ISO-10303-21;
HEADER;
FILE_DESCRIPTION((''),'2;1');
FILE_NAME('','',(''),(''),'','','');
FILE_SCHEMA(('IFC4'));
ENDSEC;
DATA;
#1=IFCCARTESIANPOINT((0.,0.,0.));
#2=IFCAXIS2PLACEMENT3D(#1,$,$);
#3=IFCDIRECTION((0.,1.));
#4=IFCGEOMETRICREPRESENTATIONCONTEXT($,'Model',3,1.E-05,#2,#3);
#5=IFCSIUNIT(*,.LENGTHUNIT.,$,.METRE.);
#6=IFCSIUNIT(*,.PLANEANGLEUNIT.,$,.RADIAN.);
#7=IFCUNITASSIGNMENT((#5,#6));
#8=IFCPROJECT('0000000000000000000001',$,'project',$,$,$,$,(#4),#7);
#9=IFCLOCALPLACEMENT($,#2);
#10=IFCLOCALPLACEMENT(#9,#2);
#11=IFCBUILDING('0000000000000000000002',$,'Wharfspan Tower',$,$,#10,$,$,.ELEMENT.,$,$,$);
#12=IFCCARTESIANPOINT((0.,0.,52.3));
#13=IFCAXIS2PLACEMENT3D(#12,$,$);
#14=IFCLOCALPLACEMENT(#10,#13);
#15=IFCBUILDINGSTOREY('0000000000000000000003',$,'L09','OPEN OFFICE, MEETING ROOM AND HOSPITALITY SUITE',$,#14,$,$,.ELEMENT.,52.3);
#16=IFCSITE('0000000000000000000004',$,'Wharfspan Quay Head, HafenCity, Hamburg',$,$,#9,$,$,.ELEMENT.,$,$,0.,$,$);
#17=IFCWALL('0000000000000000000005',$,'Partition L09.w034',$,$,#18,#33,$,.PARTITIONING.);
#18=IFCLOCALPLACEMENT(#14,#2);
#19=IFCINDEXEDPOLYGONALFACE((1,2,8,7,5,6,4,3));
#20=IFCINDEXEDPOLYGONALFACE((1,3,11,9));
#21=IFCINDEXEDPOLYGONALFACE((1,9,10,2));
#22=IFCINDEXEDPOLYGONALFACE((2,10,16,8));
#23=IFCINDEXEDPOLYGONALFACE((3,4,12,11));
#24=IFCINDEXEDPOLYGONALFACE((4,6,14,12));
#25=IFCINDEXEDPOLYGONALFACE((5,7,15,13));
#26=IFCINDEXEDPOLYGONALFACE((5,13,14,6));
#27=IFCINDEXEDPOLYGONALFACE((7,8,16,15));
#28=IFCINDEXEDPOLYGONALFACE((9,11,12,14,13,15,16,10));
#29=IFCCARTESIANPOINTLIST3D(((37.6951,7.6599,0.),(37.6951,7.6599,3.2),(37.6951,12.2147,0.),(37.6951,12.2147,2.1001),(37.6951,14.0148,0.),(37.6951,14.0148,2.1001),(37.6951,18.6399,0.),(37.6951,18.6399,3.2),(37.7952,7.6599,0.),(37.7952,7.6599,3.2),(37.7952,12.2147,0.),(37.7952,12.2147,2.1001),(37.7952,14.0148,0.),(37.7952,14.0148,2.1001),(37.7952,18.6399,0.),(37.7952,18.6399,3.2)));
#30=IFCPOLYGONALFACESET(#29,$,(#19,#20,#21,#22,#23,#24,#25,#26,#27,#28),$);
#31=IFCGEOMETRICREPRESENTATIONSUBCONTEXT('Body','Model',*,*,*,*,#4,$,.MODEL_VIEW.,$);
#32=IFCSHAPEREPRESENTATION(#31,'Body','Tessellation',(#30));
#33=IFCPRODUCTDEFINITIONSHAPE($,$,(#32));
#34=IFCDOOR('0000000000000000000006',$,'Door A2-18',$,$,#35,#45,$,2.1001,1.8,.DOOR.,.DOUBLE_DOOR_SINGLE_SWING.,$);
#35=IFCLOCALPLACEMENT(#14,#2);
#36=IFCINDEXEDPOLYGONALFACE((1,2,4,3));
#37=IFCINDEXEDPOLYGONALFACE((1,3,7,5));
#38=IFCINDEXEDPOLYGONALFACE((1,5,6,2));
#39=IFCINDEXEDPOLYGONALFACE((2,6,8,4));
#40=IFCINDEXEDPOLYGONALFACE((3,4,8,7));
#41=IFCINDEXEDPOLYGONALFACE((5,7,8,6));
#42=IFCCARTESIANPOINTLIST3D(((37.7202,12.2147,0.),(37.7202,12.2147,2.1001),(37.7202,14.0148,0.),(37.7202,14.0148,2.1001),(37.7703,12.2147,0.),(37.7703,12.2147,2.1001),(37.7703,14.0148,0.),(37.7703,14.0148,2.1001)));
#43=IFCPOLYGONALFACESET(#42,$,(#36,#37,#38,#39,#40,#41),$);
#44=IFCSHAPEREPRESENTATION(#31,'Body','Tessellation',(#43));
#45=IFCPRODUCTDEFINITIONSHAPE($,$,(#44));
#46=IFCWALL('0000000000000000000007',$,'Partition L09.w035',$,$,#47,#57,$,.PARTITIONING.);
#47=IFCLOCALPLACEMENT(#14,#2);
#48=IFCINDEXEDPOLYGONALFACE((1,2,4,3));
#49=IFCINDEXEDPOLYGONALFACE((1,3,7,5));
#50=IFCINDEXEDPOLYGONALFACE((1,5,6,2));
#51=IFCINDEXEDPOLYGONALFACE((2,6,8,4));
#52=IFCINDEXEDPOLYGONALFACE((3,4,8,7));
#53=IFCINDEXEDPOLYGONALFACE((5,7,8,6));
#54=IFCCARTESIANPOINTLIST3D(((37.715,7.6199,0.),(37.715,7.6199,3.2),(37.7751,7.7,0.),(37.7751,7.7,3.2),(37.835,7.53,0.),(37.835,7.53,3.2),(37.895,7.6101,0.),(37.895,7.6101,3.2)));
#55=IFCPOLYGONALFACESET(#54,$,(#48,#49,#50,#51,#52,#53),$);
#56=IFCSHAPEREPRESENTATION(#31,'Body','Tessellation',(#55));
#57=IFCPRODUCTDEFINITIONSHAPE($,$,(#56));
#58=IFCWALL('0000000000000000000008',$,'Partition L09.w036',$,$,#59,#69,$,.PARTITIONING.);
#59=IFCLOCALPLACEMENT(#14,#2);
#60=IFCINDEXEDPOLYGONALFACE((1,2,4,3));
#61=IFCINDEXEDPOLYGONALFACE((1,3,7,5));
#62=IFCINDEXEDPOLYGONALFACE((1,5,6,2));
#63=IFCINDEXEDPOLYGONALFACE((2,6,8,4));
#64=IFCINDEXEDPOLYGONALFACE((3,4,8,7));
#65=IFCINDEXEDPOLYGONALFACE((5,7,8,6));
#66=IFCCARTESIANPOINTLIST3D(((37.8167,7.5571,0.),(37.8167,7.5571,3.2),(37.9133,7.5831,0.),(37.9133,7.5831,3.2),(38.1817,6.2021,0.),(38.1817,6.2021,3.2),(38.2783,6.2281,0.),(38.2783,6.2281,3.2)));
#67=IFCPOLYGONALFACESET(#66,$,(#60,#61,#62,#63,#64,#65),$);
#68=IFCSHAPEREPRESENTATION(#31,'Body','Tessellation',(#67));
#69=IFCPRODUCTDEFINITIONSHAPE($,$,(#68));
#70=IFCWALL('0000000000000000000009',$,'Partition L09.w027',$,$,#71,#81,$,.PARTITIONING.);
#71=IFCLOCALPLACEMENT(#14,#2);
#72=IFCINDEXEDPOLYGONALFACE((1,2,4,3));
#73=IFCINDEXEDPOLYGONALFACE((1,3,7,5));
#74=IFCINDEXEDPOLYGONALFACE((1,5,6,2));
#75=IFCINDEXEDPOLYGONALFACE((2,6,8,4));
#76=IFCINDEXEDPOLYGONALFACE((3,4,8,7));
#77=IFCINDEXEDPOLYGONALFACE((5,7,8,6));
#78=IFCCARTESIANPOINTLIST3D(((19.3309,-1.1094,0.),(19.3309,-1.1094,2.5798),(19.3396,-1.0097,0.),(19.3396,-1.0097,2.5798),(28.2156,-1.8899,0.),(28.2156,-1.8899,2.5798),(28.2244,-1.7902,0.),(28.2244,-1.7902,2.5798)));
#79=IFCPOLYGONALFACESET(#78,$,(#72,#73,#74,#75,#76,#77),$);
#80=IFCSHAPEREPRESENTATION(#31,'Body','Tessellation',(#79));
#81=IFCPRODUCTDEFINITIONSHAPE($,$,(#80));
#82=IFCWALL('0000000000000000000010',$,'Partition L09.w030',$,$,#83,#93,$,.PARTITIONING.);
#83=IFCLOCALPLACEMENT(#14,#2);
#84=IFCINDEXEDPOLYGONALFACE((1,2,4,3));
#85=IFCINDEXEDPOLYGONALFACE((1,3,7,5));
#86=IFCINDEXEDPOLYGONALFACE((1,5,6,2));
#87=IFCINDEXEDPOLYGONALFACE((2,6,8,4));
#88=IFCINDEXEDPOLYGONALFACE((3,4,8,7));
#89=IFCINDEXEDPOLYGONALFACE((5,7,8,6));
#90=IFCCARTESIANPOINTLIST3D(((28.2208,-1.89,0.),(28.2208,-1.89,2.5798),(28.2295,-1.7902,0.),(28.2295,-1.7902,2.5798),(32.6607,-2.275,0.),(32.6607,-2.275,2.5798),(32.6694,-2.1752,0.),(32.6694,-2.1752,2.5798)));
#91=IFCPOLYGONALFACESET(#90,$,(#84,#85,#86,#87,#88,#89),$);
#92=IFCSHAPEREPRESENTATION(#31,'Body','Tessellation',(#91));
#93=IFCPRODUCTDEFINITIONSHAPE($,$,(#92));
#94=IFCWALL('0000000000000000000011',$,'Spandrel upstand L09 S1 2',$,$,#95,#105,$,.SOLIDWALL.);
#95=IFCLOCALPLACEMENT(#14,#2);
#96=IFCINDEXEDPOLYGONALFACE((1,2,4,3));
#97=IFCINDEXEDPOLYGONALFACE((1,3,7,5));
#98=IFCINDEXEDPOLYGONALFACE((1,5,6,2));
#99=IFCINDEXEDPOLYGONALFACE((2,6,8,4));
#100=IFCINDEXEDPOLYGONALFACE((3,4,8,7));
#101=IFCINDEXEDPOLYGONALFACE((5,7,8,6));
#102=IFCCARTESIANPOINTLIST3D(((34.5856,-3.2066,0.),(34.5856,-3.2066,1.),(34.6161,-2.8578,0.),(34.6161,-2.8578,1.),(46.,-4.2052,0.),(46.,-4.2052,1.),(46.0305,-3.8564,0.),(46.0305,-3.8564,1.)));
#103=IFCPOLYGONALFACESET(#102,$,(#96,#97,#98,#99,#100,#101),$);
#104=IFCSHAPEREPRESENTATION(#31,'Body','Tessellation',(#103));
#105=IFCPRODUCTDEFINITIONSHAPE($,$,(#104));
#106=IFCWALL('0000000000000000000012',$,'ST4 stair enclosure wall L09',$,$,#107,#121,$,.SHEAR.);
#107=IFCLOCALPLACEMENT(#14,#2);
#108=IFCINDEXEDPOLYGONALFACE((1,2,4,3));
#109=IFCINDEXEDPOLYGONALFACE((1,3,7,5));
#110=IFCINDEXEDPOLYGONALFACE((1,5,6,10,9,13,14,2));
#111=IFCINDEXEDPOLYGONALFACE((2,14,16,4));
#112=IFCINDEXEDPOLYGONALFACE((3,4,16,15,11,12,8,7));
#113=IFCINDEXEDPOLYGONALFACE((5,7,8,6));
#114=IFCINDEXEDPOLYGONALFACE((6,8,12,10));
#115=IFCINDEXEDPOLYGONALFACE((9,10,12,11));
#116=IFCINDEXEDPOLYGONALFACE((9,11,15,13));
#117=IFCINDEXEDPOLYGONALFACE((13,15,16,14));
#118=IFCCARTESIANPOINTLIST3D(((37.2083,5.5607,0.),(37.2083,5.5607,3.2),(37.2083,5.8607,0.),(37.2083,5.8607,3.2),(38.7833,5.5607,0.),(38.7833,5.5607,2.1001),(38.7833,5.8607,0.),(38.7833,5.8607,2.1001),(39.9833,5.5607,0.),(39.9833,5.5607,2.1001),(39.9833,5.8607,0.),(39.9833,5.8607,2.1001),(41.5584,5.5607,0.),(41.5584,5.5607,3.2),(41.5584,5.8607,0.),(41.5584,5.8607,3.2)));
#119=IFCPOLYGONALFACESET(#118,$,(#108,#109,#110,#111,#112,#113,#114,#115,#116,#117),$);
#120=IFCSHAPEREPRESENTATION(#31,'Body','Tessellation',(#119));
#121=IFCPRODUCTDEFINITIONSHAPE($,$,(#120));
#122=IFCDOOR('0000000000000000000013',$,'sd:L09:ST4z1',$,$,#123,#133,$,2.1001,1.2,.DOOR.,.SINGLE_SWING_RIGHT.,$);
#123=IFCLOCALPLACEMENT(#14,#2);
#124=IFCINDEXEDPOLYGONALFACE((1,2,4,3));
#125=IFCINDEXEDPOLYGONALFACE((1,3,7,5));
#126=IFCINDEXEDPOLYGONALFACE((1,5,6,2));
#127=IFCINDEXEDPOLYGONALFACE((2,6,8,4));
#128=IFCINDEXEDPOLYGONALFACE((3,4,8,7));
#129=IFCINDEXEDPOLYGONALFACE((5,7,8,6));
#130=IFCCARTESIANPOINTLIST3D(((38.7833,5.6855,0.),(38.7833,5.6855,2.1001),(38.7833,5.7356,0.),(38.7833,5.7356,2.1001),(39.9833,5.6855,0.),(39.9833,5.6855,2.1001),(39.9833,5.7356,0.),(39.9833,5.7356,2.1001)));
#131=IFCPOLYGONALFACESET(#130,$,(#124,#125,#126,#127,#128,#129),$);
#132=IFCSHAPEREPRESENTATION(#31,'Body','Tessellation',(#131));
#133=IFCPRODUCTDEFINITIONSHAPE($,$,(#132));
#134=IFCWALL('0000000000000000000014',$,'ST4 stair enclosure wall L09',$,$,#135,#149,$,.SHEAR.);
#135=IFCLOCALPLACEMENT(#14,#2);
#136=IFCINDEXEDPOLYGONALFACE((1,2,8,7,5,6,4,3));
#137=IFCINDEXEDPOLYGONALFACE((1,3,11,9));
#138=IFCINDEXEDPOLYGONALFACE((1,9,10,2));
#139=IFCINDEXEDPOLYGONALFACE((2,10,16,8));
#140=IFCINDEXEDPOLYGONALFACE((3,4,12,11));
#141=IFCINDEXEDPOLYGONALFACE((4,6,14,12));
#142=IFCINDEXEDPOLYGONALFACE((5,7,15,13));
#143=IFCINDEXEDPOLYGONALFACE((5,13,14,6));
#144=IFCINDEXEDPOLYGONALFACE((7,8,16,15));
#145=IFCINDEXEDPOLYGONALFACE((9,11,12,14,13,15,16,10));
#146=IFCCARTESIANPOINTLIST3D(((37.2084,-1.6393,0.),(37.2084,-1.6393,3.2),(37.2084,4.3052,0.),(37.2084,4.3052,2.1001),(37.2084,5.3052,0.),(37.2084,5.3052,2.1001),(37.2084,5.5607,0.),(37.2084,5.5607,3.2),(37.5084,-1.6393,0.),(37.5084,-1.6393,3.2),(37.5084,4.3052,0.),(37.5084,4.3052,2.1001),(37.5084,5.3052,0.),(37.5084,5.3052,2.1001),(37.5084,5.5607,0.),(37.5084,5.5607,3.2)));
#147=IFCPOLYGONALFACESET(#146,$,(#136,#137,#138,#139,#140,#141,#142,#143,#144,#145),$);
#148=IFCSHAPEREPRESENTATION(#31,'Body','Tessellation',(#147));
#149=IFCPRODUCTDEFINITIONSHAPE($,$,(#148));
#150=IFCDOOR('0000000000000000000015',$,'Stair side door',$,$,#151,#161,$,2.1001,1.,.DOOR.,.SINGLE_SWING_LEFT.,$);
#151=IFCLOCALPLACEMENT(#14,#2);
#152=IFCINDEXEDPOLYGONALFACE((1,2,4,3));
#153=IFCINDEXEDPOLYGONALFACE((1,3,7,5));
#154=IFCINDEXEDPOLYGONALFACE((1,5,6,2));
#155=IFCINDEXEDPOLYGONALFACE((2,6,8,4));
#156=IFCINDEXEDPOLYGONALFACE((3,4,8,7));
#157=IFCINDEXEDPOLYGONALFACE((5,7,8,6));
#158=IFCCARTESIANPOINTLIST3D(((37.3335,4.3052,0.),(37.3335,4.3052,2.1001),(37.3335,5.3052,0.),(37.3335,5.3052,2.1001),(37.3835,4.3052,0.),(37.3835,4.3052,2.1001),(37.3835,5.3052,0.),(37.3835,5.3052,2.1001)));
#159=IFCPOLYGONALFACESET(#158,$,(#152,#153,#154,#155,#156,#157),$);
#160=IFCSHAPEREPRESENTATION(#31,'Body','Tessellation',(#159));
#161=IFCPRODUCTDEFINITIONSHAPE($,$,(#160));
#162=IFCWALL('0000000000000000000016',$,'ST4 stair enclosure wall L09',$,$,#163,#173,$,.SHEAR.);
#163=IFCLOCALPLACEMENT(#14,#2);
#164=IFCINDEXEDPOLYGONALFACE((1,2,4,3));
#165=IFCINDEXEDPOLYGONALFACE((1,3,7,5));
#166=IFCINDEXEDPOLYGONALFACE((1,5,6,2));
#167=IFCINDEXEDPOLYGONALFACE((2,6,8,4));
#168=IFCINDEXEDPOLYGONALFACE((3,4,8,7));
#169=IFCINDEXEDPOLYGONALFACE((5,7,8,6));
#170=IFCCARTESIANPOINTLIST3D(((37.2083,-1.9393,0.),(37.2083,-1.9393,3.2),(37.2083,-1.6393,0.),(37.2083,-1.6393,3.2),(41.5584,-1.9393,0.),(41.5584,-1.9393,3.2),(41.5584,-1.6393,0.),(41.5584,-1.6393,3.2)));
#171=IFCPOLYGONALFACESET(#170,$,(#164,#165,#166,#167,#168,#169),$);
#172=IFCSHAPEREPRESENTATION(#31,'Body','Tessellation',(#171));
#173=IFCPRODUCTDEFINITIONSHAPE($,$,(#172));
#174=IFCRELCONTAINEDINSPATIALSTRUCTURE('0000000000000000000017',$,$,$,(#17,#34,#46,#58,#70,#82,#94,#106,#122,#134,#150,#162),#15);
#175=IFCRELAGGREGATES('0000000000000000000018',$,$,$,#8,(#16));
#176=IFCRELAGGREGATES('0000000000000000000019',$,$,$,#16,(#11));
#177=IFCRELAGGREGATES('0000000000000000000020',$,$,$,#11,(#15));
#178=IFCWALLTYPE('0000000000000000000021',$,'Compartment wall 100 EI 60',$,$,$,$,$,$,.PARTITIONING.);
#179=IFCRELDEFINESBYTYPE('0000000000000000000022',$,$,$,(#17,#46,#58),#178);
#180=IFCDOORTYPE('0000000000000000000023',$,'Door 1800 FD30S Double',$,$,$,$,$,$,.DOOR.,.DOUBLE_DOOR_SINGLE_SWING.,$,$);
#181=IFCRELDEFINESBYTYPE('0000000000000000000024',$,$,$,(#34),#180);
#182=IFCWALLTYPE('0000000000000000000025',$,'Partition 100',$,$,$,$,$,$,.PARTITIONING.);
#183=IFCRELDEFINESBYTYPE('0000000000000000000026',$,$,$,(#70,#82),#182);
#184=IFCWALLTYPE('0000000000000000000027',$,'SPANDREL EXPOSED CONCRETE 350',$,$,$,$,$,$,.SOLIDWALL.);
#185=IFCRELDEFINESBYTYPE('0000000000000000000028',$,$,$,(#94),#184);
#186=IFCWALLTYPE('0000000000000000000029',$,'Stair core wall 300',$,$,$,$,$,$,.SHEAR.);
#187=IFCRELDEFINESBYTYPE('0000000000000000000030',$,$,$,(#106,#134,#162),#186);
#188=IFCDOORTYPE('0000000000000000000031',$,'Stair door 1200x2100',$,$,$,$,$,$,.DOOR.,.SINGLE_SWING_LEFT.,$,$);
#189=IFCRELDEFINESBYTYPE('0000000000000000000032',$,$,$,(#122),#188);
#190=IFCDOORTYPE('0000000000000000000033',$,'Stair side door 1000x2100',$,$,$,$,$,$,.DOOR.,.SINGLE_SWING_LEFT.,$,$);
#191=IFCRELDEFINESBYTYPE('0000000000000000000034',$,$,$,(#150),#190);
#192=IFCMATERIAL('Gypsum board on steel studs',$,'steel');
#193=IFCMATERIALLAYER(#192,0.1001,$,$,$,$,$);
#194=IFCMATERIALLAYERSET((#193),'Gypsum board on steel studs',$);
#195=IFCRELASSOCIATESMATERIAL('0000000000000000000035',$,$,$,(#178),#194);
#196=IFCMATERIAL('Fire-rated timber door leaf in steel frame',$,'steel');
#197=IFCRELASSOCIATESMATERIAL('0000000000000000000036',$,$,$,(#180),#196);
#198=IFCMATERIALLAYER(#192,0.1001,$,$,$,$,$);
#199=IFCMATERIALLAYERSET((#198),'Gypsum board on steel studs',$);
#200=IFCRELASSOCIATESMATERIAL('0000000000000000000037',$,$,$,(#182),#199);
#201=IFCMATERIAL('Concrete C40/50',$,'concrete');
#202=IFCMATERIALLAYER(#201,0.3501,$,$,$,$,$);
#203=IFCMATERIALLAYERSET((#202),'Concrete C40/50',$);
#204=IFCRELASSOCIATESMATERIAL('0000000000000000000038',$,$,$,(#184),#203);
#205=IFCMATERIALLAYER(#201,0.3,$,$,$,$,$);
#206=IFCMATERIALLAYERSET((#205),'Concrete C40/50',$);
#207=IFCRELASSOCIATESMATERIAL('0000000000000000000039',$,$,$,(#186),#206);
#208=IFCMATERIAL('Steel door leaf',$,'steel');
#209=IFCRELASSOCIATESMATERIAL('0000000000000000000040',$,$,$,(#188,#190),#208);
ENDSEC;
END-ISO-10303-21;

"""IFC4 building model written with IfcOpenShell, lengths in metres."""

from ifc_helpers import new_model, si_unit, direction, frame, frame_2d, origin, place, context, subcontext, project, spatial, rectangle, extrude, material, layer, layer_set, type_object, element, fill, save


model = new_model("IFC4")

# Units and contexts
model_context = context("Model", 3, precision=1e-05, world=origin(), true_north=direction((0.0, 1.0)))
body_context = subcontext(model_context, "Body", "Model", "MODEL_VIEW")
ifc_project = project(units=[si_unit("LENGTHUNIT", "METRE"), si_unit("PLANEANGLEUNIT", "RADIAN")], contexts=[model_context])

# Site, building, storey
site_placement = place(None, origin())
site = spatial("IfcSite", under=ifc_project, at=site_placement, Name="Wharfspan Quay Head, HafenCity, Hamburg", CompositionType="ELEMENT", RefElevation=0.0)
building_placement = place(site_placement, origin())
building = spatial("IfcBuilding", under=site, at=building_placement, Name="Wharfspan Tower", CompositionType="ELEMENT")
storey_placement = place(building_placement, frame((0.0, 0.0, 52.3)))
storey = spatial("IfcBuildingStorey", under=building, at=storey_placement, Name="L09", Description="OPEN OFFICE, MEETING ROOM AND HOSPITALITY SUITE", CompositionType="ELEMENT", Elevation=52.3)

# Shared definitions
ifc_material_1 = material(Name="Gypsum board on steel studs", Category="steel")
ifc_layer_1 = layer(ifc_material_1, 0.1001)
ifc_layer_set_1 = layer_set([ifc_layer_1], Name="Gypsum board on steel studs")
wall_type_1 = type_object("IfcWallType", Name="Compartment wall 100 EI 60", PredefinedType="PARTITIONING", material=ifc_layer_set_1)

# Wall, opening, door
wall_1_placement = place(storey_placement, frame((37.7451, 7.6599, 0.0), z_axis=(0.0, 0.0, 1.0), x_axis=(0.0, 1.0, 0.0)))
wall_1 = element("IfcWall", 1, at=wall_1_placement, inside=storey, type_object=wall_type_1, Name="Partition L09.w034", PredefinedType="PARTITIONING", context=body_context, shape_type="SweptSolid", body=[
    extrude(rectangle(XDim=10.98, YDim=0.1001, at=frame_2d((5.49, 0.0))), origin(), (0.0, 0.0, 1.0), 3.2),
])
opening_1_placement = place(wall_1_placement, frame((4.5549, 0.0, 0.0)))
opening_1 = element("IfcOpeningElement", 2, at=opening_1_placement, cuts=wall_1, PredefinedType="OPENING", context=body_context, shape_type="SweptSolid", body=[
    extrude(rectangle(XDim=1.8, YDim=2.1001, at=frame_2d((0.8999, 1.05))), frame((0.0, 0.0601, 0.0), z_axis=(0.0, -1.0, 0.0), x_axis=(1.0, 0.0, 0.0)), (0.0, 0.0, 1.0), 0.1201),
])
ifc_material_2 = material(Name="Fire-rated timber door leaf in steel frame", Category="steel")
door_type_1 = type_object("IfcDoorType", Name="Door 1800 FD30S Double", OperationType="DOUBLE_DOOR_SINGLE_SWING", PredefinedType="DOOR", material=ifc_material_2)
door_1_placement = place(opening_1_placement, origin())
door_1 = element("IfcDoor", 3, at=door_1_placement, inside=storey, type_object=door_type_1, Name="Door A2-18", OperationType="DOUBLE_DOOR_SINGLE_SWING", OverallHeight=2.1001, OverallWidth=1.8, PredefinedType="DOOR", context=body_context, shape_type="SweptSolid", body=[
    extrude(rectangle(XDim=1.8, YDim=2.1001, at=frame_2d((0.8999, 1.05))), frame((0.0, 0.0249, 0.0), z_axis=(0.0, -1.0, 0.0), x_axis=(1.0, 0.0, 0.0)), (0.0, 0.0, 1.0), 0.05),
])
fill(opening_1, door_1)

# Walls
wall_2_placement = place(storey_placement, frame((37.865, 7.5701, 0.0), z_axis=(0.0, 0.0, 1.0), x_axis=(-0.800198, 0.599741, 0.0)))
element("IfcWall", 4, at=wall_2_placement, inside=storey, type_object=wall_type_1, Name="Partition L09.w035", PredefinedType="PARTITIONING", context=body_context, shape_type="SweptSolid", body=[
    extrude(rectangle(XDim=0.1499, YDim=0.1001, at=frame_2d((0.075, 0.0))), origin(), (0.0, 0.0, 1.0), 3.2),
])
wall_3_placement = place(storey_placement, frame((38.23, 6.2151, 0.0), z_axis=(0.0, 0.0, 1.0), x_axis=(-0.260099, 0.965585, 0.0)))
element("IfcWall", 5, at=wall_3_placement, inside=storey, type_object=wall_type_1, Name="Partition L09.w036", PredefinedType="PARTITIONING", context=body_context, shape_type="SweptSolid", body=[
    extrude(rectangle(XDim=1.4033, YDim=0.1001, at=frame_2d((0.7017, 0.0))), origin(), (0.0, 0.0, 1.0), 3.2),
])
ifc_layer_2 = layer(ifc_material_1, 0.1001)
ifc_layer_set_2 = layer_set([ifc_layer_2], Name="Gypsum board on steel studs")
wall_type_2 = type_object("IfcWallType", Name="Partition 100", PredefinedType="PARTITIONING", material=ifc_layer_set_2)
wall_4_placement = place(storey_placement, frame((28.22, -1.8401, 0.0), z_axis=(0.0, 0.0, 1.0), x_axis=(-0.996164, 0.087512, 0.0)))
element("IfcWall", 6, at=wall_4_placement, inside=storey, type_object=wall_type_2, Name="Partition L09.w027", PredefinedType="PARTITIONING", context=body_context, shape_type="SweptSolid", body=[
    extrude(rectangle(XDim=8.9189, YDim=0.1001, at=frame_2d((4.4595, 0.0))), origin(), (0.0, 0.0, 1.0), 2.5798),
])
wall_5_placement = place(storey_placement, frame((32.665, -2.2251, 0.0), z_axis=(0.0, 0.0, 1.0), x_axis=(-0.996263, 0.086391, 0.0)))
element("IfcWall", 7, at=wall_5_placement, inside=storey, type_object=wall_type_2, Name="Partition L09.w030", PredefinedType="PARTITIONING", context=body_context, shape_type="SweptSolid", body=[
    extrude(rectangle(XDim=4.4565, YDim=0.1001, at=frame_2d((2.2283, 0.0))), origin(), (0.0, 0.0, 1.0), 2.5798),
])
ifc_material_3 = material(Name="Concrete C40/50", Category="concrete")
ifc_layer_3 = layer(ifc_material_3, 0.3501)
ifc_layer_set_3 = layer_set([ifc_layer_3], Name="Concrete C40/50")
wall_type_3 = type_object("IfcWallType", Name="SPANDREL EXPOSED CONCRETE 350", PredefinedType="SOLIDWALL", material=ifc_layer_set_3)
wall_6_placement = place(storey_placement, frame((34.6008, -3.0322, 0.0), z_axis=(0.0, 0.0, 1.0), x_axis=(0.996193, -0.087148, 0.0)))
element("IfcWall", 8, at=wall_6_placement, inside=storey, type_object=wall_type_3, Name="Spandrel upstand L09 S1 2", PredefinedType="SOLIDWALL", context=body_context, shape_type="SweptSolid", body=[
    extrude(rectangle(XDim=11.458, YDim=0.3501, at=frame_2d((5.729, 0.0))), origin(), (0.0, 0.0, 1.0), 1.0),
])

# Walls, openings, doors
ifc_layer_4 = layer(ifc_material_3, 0.3)
ifc_layer_set_4 = layer_set([ifc_layer_4], Name="Concrete C40/50")
wall_type_4 = type_object("IfcWallType", Name="Stair core wall 300", PredefinedType="SHEAR", material=ifc_layer_set_4)
wall_7_placement = place(storey_placement, frame((37.2083, 5.7107, 0.0), z_axis=(0.0, 0.0, 1.0), x_axis=(1.0, 0.0, 0.0)))
wall_7 = element("IfcWall", 9, at=wall_7_placement, inside=storey, type_object=wall_type_4, Name="ST4 stair enclosure wall L09", PredefinedType="SHEAR", context=body_context, shape_type="SweptSolid", body=[
    extrude(rectangle(XDim=4.3501, YDim=0.3, at=frame_2d((2.175, 0.0))), origin(), (0.0, 0.0, 1.0), 3.2),
])
opening_2_placement = place(wall_7_placement, frame((1.575, 0.0, 0.0)))
opening_2 = element("IfcOpeningElement", 10, at=opening_2_placement, cuts=wall_7, PredefinedType="OPENING", context=body_context, shape_type="SweptSolid", body=[
    extrude(rectangle(XDim=1.2, YDim=2.1001, at=frame_2d((0.6001, 1.05))), frame((0.0, 0.1599, 0.0), z_axis=(0.0, -1.0, 0.0), x_axis=(1.0, 0.0, 0.0)), (0.0, 0.0, 1.0), 0.3201),
])
ifc_material_4 = material(Name="Steel door leaf", Category="steel")
door_type_2 = type_object("IfcDoorType", Name="Stair door 1200x2100", OperationType="SINGLE_SWING_LEFT", PredefinedType="DOOR", material=ifc_material_4)
door_2_placement = place(opening_2_placement, origin())
door_2 = element("IfcDoor", 11, at=door_2_placement, inside=storey, type_object=door_type_2, Name="sd:L09:ST4z1", OperationType="SINGLE_SWING_RIGHT", OverallHeight=2.1001, OverallWidth=1.2, PredefinedType="DOOR", context=body_context, shape_type="SweptSolid", body=[
    extrude(rectangle(XDim=1.2, YDim=2.1001, at=frame_2d((0.6001, 1.05))), frame((0.0, 0.0249, 0.0), z_axis=(0.0, -1.0, 0.0), x_axis=(1.0, 0.0, 0.0)), (0.0, 0.0, 1.0), 0.05),
])
fill(opening_2, door_2)
wall_8_placement = place(storey_placement, frame((37.3584, -1.6394, 0.0), z_axis=(0.0, 0.0, 1.0), x_axis=(0.0, 1.0, 0.0)))
wall_8 = element("IfcWall", 12, at=wall_8_placement, inside=storey, type_object=wall_type_4, Name="ST4 stair enclosure wall L09", PredefinedType="SHEAR", context=body_context, shape_type="SweptSolid", body=[
    extrude(rectangle(XDim=7.2, YDim=0.3, at=frame_2d((3.6001, 0.0))), origin(), (0.0, 0.0, 1.0), 3.2),
])
opening_3_placement = place(wall_8_placement, frame((5.9446, 0.0, 0.0)))
opening_3 = element("IfcOpeningElement", 13, at=opening_3_placement, cuts=wall_8, PredefinedType="OPENING", context=body_context, shape_type="SweptSolid", body=[
    extrude(rectangle(XDim=1.0, YDim=2.1001, at=frame_2d((0.5, 1.05))), frame((0.0, 0.1599, 0.0), z_axis=(0.0, -1.0, 0.0), x_axis=(1.0, 0.0, 0.0)), (0.0, 0.0, 1.0), 0.3201),
])
door_type_3 = type_object("IfcDoorType", Name="Stair side door 1000x2100", OperationType="SINGLE_SWING_LEFT", PredefinedType="DOOR", material=ifc_material_4)
door_3_placement = place(opening_3_placement, origin())
door_3 = element("IfcDoor", 14, at=door_3_placement, inside=storey, type_object=door_type_3, Name="Stair side door", OperationType="SINGLE_SWING_LEFT", OverallHeight=2.1001, OverallWidth=1.0, PredefinedType="DOOR", context=body_context, shape_type="SweptSolid", body=[
    extrude(rectangle(XDim=1.0, YDim=2.1001, at=frame_2d((0.5, 1.05))), frame((0.0, 0.0249, 0.0), z_axis=(0.0, -1.0, 0.0), x_axis=(1.0, 0.0, 0.0)), (0.0, 0.0, 1.0), 0.05),
])
fill(opening_3, door_3)

# Wall
wall_9_placement = place(storey_placement, frame((37.2083, -1.7893, 0.0), z_axis=(0.0, 0.0, 1.0), x_axis=(1.0, 0.0, 0.0)))
element("IfcWall", 15, at=wall_9_placement, inside=storey, type_object=wall_type_4, Name="ST4 stair enclosure wall L09", PredefinedType="SHEAR", context=body_context, shape_type="SweptSolid", body=[
    extrude(rectangle(XDim=4.3501, YDim=0.3, at=frame_2d((2.175, 0.0))), origin(), (0.0, 0.0, 1.0), 3.2),
])

save(model, "model.ifc")
